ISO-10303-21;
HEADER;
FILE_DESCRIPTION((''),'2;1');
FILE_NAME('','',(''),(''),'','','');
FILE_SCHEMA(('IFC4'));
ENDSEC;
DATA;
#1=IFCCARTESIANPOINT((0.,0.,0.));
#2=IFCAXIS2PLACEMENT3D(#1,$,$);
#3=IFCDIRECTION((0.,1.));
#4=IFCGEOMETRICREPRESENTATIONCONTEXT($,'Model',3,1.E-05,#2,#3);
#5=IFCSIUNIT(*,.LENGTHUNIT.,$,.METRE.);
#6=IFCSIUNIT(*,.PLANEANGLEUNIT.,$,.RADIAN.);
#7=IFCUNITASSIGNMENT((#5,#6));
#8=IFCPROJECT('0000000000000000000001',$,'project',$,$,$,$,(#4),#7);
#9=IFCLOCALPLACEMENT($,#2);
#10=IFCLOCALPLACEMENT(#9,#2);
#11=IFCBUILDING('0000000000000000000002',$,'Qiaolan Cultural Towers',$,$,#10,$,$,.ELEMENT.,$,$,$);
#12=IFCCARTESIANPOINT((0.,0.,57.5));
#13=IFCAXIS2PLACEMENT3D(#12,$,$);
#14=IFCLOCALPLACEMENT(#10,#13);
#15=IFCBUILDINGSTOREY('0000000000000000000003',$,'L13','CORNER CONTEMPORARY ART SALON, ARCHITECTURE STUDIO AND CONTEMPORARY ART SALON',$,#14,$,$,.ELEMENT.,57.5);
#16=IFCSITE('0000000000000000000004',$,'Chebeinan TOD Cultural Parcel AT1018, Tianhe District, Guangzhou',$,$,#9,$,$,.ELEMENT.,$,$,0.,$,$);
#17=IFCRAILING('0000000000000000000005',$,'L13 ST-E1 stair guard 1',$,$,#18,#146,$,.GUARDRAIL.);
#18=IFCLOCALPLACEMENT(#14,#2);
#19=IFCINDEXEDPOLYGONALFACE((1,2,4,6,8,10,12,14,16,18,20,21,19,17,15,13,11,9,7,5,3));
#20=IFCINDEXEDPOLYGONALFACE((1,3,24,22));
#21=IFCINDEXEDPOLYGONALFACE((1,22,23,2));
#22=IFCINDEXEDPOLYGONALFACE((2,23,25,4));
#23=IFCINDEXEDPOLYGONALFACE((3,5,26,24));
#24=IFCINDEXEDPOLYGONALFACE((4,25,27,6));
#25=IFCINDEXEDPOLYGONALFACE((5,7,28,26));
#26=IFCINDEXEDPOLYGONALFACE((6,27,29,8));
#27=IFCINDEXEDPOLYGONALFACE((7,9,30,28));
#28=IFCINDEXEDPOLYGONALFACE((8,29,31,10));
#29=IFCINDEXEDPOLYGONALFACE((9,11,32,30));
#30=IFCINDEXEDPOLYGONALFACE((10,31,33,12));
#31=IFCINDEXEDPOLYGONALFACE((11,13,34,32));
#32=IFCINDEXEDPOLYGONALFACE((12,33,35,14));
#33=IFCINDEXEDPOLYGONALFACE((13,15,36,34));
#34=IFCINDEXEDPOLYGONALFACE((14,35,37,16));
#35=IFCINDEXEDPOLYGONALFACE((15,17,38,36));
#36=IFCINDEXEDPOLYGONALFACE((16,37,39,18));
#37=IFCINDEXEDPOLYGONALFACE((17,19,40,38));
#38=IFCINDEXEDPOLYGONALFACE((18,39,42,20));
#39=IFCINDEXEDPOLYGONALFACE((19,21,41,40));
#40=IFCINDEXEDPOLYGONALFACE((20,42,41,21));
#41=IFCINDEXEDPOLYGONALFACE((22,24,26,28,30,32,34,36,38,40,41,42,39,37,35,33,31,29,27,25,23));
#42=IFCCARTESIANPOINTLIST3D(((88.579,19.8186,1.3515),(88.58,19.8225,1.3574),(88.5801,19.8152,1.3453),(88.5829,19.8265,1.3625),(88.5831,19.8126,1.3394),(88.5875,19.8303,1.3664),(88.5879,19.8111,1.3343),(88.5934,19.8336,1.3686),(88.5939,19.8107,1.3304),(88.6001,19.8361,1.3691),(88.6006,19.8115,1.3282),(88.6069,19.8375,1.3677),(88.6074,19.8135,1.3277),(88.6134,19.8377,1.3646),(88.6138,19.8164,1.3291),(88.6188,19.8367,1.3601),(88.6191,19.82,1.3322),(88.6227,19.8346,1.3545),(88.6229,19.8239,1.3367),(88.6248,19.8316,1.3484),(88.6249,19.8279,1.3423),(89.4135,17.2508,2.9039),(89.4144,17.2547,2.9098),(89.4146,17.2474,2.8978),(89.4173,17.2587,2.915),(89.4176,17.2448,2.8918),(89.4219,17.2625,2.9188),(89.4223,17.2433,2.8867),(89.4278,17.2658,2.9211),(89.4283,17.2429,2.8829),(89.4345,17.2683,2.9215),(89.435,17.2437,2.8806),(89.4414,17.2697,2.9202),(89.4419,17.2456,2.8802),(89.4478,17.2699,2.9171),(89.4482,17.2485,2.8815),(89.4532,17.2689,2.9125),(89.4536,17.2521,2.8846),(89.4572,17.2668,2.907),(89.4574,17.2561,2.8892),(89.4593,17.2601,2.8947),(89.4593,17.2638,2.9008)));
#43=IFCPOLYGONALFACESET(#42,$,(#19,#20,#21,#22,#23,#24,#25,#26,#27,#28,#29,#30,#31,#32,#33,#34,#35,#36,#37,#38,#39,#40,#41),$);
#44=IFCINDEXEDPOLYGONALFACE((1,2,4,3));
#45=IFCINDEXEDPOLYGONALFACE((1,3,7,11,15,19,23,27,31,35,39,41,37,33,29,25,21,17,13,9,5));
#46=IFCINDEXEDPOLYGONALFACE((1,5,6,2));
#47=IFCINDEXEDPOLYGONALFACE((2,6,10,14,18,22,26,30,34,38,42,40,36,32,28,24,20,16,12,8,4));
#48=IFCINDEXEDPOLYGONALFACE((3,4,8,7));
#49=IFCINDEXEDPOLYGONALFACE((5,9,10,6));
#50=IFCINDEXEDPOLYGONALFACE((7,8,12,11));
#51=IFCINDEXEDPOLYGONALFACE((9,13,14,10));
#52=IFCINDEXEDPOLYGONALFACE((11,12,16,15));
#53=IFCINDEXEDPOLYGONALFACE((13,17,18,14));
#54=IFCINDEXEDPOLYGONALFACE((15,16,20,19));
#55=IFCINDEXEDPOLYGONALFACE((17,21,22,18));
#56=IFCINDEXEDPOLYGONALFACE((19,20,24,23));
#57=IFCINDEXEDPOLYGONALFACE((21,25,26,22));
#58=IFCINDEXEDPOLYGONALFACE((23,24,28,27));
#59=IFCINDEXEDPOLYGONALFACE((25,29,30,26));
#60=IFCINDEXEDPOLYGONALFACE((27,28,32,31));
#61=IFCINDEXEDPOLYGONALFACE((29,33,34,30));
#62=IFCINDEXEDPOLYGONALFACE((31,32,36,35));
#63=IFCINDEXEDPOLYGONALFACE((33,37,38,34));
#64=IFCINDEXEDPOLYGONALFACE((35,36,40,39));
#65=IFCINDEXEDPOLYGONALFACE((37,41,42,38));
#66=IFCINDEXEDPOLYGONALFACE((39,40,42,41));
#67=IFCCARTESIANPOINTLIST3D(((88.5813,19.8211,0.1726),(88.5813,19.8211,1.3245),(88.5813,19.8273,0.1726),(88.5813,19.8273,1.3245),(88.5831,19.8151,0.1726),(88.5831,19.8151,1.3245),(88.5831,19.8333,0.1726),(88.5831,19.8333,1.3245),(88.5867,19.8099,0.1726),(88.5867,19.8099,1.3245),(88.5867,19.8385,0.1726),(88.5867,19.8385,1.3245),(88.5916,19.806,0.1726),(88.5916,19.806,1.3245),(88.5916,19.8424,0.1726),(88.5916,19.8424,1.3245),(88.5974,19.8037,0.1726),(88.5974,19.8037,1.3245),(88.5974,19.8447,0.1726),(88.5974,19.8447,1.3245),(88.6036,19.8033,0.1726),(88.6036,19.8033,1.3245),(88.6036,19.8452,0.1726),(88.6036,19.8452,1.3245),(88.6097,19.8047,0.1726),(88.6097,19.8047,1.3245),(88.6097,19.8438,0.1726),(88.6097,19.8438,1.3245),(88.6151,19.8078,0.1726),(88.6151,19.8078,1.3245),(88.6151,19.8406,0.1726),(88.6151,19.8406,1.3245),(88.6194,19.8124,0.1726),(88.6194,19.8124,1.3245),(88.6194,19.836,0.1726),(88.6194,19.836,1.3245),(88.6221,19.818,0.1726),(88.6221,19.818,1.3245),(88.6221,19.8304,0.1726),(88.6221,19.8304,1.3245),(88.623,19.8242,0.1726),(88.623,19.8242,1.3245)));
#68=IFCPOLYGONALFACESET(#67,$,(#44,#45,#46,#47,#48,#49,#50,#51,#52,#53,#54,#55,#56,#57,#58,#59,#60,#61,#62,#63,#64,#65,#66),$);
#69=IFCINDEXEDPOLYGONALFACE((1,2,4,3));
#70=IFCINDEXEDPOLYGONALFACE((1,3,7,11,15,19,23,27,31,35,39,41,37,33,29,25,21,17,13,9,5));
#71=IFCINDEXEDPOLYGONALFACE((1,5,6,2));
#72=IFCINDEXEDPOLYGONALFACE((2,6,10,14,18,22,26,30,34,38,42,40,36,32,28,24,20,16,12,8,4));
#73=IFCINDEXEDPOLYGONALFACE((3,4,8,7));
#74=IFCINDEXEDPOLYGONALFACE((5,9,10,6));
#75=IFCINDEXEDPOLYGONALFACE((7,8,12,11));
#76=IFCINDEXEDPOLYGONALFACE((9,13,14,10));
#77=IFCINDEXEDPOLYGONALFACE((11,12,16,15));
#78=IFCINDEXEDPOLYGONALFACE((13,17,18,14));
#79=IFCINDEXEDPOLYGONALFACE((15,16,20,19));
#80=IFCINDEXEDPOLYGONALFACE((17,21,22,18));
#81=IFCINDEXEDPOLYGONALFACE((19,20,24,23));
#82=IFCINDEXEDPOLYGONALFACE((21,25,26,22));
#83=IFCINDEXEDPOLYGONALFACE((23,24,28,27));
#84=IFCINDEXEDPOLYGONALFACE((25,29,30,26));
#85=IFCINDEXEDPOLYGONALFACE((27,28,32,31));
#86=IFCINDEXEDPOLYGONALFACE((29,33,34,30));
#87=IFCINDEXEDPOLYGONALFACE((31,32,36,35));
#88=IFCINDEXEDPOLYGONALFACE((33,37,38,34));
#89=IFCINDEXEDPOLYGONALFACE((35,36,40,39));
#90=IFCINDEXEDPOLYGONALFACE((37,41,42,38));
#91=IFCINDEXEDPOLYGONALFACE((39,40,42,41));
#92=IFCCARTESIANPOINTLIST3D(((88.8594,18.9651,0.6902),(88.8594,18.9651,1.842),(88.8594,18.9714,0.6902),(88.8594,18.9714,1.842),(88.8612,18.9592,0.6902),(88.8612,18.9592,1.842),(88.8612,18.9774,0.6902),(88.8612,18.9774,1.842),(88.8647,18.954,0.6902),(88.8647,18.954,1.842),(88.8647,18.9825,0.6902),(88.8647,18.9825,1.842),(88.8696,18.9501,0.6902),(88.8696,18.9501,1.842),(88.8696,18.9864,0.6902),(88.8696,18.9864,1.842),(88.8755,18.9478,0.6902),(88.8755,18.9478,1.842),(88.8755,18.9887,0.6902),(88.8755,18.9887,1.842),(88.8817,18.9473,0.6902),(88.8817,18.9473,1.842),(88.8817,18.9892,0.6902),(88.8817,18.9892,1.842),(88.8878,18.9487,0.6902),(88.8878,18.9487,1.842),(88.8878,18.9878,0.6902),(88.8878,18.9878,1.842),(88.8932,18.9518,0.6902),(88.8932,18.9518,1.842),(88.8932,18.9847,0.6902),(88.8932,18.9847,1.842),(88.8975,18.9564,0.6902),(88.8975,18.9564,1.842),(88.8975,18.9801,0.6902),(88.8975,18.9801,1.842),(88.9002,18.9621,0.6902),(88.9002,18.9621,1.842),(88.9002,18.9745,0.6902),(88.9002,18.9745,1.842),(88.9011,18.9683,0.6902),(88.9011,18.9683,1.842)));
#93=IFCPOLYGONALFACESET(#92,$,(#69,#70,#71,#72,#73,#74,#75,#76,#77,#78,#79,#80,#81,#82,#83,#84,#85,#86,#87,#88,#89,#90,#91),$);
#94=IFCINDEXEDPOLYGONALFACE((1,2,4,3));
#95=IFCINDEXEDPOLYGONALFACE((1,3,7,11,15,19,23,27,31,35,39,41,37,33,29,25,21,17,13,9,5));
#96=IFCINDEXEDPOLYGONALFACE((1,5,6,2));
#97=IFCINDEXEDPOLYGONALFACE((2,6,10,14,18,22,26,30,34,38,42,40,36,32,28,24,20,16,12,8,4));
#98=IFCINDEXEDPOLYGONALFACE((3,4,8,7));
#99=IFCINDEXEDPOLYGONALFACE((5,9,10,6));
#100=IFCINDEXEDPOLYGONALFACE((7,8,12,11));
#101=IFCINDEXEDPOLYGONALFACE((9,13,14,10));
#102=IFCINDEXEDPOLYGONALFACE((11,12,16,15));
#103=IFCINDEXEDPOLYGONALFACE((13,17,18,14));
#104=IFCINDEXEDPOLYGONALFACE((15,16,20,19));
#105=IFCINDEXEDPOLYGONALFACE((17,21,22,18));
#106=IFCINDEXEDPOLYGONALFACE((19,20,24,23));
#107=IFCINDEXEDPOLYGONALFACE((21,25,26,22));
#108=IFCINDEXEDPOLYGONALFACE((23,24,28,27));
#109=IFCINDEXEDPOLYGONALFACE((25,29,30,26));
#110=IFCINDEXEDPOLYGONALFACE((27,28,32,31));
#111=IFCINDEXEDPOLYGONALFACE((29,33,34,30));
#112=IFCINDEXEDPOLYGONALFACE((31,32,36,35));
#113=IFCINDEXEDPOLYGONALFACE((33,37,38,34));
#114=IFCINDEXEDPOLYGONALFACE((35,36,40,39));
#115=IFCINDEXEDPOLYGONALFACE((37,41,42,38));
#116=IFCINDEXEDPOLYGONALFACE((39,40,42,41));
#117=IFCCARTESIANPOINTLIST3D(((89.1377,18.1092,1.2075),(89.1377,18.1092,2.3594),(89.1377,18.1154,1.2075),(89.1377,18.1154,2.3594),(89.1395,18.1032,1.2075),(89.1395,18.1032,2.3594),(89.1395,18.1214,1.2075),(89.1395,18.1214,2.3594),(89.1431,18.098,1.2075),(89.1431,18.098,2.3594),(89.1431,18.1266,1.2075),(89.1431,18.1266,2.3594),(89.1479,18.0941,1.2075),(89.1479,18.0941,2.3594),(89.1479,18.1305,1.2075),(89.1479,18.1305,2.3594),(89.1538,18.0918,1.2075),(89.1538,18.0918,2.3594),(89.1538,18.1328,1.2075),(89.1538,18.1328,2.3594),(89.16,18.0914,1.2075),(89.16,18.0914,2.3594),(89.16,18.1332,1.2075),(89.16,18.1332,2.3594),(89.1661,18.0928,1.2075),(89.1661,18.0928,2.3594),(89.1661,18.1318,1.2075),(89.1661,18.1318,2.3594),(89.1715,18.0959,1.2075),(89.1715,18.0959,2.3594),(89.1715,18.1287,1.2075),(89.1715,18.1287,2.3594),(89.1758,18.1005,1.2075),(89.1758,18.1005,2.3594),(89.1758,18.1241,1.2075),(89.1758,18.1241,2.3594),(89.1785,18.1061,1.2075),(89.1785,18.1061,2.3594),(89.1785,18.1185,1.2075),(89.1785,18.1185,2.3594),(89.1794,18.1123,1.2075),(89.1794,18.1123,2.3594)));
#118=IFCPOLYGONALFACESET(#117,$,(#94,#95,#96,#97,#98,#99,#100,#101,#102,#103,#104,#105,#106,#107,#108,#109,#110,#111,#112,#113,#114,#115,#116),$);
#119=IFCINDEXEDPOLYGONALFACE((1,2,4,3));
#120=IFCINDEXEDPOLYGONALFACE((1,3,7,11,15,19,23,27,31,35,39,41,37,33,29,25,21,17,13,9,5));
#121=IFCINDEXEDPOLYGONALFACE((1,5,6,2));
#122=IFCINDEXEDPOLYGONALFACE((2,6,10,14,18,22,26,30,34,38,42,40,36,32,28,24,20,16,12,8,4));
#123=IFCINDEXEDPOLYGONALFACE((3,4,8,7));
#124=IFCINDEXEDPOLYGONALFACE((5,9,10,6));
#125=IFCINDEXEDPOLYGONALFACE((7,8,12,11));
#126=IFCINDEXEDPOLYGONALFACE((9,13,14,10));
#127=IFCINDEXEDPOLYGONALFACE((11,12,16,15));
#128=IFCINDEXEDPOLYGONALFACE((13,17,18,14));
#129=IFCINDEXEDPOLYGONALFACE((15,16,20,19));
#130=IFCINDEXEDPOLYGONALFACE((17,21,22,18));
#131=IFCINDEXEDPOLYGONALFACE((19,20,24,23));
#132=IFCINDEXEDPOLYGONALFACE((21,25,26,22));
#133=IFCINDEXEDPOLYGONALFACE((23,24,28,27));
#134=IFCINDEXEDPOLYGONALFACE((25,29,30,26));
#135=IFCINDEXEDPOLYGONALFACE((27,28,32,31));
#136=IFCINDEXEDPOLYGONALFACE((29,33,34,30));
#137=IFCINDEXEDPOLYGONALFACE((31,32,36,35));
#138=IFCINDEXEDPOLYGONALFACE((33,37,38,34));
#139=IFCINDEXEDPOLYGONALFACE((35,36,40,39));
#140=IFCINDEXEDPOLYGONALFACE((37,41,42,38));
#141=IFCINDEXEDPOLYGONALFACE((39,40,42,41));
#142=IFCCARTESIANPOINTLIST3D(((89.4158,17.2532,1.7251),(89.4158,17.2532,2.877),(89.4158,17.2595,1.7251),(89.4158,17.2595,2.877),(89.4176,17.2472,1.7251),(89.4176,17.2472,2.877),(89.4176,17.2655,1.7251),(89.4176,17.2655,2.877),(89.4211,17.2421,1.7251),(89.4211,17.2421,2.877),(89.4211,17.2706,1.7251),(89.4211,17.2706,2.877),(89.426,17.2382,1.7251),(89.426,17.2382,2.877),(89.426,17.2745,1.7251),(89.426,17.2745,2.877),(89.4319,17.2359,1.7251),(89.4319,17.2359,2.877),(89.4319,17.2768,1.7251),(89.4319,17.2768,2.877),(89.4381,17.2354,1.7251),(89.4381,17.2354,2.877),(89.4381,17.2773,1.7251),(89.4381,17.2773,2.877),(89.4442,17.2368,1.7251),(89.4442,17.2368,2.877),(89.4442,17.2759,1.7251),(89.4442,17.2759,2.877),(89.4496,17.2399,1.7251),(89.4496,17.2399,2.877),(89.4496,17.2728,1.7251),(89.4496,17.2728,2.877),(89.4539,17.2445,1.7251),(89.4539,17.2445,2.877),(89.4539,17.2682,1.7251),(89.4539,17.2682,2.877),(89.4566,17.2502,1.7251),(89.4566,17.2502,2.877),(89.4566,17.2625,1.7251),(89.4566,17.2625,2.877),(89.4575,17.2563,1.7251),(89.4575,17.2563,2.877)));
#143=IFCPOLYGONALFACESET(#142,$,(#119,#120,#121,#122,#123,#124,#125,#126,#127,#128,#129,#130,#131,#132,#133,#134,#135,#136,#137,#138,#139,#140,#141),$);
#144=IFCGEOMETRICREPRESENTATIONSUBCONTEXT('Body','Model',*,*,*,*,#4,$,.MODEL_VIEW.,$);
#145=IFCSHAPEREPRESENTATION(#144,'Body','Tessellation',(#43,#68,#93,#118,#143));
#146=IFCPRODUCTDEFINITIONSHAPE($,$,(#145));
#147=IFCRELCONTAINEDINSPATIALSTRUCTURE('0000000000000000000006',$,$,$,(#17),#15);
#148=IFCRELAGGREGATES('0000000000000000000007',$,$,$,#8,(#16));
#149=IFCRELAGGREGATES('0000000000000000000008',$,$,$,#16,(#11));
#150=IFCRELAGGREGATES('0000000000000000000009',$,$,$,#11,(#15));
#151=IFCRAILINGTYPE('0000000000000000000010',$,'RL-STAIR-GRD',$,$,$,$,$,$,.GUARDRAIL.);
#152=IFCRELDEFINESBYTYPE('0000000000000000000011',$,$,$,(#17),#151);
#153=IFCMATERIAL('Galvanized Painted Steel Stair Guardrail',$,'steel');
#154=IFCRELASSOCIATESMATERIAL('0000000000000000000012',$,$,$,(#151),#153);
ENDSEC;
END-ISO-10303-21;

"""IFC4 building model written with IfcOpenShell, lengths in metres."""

from ifc_helpers import new_model, si_unit, direction, frame, origin, origin_2d, place, context, subcontext, project, spatial, circle, extrude, material, type_object, element, save


model = new_model("IFC4")

# Units and contexts
model_context = context("Model", 3, precision=1e-05, world=origin(), true_north=direction((0.0, 1.0)))
body_context = subcontext(model_context, "Body", "Model", "MODEL_VIEW")
ifc_project = project(units=[si_unit("LENGTHUNIT", "METRE"), si_unit("PLANEANGLEUNIT", "RADIAN")], contexts=[model_context])

# Site, building, storey
site_placement = place(None, origin())
site = spatial("IfcSite", under=ifc_project, at=site_placement, Name="Chebeinan TOD Cultural Parcel AT1018, Tianhe District, Guangzhou", CompositionType="ELEMENT", RefElevation=0.0)
building_placement = place(site_placement, origin())
building = spatial("IfcBuilding", under=site, at=building_placement, Name="Qiaolan Cultural Towers", CompositionType="ELEMENT")
storey_placement = place(building_placement, frame((0.0, 0.0, 57.5)))
storey = spatial("IfcBuildingStorey", under=building, at=storey_placement, Name="L13", Description="CORNER CONTEMPORARY ART SALON, ARCHITECTURE STUDIO AND CONTEMPORARY ART SALON", CompositionType="ELEMENT", Elevation=57.5)

# Railing
ifc_material_1 = material(Name="Galvanized Painted Steel Stair Guardrail", Category="steel")
railing_type_1 = type_object("IfcRailingType", Name="RL-STAIR-GRD", PredefinedType="GUARDRAIL", material=ifc_material_1)
railing_1_placement = place(storey_placement, frame((88.6021, 19.8242, 0.1726)))
element("IfcRailing", 1, at=railing_1_placement, inside=storey, type_object=railing_type_1, Name="L13 ST-E1 stair guard 1", PredefinedType="GUARDRAIL", context=body_context, shape_type="SweptSolid", body=[
    extrude(circle(Radius=0.0239, at=origin_2d()), frame((0.0, 0.0, 1.1758), z_axis=(0.267926, -0.824471, 0.498461), x_axis=(0.951043, 0.309057, 0.0)), (0.0, 0.0, 1.0), 3.1145),
    extrude(circle(Radius=0.021, at=origin_2d()), origin(), (0.0, 0.0, 1.0), 1.1519),
    extrude(circle(Radius=0.021, at=origin_2d()), frame((0.2781, -0.856, 0.5176)), (0.0, 0.0, 1.0), 1.1519),
    extrude(circle(Radius=0.021, at=origin_2d()), frame((0.5564, -1.7119, 1.0349)), (0.0, 0.0, 1.0), 1.1519),
    extrude(circle(Radius=0.021, at=origin_2d()), frame((0.8345, -2.5679, 1.5525)), (0.0, 0.0, 1.0), 1.1519),
])

save(model, "model.ifc")
